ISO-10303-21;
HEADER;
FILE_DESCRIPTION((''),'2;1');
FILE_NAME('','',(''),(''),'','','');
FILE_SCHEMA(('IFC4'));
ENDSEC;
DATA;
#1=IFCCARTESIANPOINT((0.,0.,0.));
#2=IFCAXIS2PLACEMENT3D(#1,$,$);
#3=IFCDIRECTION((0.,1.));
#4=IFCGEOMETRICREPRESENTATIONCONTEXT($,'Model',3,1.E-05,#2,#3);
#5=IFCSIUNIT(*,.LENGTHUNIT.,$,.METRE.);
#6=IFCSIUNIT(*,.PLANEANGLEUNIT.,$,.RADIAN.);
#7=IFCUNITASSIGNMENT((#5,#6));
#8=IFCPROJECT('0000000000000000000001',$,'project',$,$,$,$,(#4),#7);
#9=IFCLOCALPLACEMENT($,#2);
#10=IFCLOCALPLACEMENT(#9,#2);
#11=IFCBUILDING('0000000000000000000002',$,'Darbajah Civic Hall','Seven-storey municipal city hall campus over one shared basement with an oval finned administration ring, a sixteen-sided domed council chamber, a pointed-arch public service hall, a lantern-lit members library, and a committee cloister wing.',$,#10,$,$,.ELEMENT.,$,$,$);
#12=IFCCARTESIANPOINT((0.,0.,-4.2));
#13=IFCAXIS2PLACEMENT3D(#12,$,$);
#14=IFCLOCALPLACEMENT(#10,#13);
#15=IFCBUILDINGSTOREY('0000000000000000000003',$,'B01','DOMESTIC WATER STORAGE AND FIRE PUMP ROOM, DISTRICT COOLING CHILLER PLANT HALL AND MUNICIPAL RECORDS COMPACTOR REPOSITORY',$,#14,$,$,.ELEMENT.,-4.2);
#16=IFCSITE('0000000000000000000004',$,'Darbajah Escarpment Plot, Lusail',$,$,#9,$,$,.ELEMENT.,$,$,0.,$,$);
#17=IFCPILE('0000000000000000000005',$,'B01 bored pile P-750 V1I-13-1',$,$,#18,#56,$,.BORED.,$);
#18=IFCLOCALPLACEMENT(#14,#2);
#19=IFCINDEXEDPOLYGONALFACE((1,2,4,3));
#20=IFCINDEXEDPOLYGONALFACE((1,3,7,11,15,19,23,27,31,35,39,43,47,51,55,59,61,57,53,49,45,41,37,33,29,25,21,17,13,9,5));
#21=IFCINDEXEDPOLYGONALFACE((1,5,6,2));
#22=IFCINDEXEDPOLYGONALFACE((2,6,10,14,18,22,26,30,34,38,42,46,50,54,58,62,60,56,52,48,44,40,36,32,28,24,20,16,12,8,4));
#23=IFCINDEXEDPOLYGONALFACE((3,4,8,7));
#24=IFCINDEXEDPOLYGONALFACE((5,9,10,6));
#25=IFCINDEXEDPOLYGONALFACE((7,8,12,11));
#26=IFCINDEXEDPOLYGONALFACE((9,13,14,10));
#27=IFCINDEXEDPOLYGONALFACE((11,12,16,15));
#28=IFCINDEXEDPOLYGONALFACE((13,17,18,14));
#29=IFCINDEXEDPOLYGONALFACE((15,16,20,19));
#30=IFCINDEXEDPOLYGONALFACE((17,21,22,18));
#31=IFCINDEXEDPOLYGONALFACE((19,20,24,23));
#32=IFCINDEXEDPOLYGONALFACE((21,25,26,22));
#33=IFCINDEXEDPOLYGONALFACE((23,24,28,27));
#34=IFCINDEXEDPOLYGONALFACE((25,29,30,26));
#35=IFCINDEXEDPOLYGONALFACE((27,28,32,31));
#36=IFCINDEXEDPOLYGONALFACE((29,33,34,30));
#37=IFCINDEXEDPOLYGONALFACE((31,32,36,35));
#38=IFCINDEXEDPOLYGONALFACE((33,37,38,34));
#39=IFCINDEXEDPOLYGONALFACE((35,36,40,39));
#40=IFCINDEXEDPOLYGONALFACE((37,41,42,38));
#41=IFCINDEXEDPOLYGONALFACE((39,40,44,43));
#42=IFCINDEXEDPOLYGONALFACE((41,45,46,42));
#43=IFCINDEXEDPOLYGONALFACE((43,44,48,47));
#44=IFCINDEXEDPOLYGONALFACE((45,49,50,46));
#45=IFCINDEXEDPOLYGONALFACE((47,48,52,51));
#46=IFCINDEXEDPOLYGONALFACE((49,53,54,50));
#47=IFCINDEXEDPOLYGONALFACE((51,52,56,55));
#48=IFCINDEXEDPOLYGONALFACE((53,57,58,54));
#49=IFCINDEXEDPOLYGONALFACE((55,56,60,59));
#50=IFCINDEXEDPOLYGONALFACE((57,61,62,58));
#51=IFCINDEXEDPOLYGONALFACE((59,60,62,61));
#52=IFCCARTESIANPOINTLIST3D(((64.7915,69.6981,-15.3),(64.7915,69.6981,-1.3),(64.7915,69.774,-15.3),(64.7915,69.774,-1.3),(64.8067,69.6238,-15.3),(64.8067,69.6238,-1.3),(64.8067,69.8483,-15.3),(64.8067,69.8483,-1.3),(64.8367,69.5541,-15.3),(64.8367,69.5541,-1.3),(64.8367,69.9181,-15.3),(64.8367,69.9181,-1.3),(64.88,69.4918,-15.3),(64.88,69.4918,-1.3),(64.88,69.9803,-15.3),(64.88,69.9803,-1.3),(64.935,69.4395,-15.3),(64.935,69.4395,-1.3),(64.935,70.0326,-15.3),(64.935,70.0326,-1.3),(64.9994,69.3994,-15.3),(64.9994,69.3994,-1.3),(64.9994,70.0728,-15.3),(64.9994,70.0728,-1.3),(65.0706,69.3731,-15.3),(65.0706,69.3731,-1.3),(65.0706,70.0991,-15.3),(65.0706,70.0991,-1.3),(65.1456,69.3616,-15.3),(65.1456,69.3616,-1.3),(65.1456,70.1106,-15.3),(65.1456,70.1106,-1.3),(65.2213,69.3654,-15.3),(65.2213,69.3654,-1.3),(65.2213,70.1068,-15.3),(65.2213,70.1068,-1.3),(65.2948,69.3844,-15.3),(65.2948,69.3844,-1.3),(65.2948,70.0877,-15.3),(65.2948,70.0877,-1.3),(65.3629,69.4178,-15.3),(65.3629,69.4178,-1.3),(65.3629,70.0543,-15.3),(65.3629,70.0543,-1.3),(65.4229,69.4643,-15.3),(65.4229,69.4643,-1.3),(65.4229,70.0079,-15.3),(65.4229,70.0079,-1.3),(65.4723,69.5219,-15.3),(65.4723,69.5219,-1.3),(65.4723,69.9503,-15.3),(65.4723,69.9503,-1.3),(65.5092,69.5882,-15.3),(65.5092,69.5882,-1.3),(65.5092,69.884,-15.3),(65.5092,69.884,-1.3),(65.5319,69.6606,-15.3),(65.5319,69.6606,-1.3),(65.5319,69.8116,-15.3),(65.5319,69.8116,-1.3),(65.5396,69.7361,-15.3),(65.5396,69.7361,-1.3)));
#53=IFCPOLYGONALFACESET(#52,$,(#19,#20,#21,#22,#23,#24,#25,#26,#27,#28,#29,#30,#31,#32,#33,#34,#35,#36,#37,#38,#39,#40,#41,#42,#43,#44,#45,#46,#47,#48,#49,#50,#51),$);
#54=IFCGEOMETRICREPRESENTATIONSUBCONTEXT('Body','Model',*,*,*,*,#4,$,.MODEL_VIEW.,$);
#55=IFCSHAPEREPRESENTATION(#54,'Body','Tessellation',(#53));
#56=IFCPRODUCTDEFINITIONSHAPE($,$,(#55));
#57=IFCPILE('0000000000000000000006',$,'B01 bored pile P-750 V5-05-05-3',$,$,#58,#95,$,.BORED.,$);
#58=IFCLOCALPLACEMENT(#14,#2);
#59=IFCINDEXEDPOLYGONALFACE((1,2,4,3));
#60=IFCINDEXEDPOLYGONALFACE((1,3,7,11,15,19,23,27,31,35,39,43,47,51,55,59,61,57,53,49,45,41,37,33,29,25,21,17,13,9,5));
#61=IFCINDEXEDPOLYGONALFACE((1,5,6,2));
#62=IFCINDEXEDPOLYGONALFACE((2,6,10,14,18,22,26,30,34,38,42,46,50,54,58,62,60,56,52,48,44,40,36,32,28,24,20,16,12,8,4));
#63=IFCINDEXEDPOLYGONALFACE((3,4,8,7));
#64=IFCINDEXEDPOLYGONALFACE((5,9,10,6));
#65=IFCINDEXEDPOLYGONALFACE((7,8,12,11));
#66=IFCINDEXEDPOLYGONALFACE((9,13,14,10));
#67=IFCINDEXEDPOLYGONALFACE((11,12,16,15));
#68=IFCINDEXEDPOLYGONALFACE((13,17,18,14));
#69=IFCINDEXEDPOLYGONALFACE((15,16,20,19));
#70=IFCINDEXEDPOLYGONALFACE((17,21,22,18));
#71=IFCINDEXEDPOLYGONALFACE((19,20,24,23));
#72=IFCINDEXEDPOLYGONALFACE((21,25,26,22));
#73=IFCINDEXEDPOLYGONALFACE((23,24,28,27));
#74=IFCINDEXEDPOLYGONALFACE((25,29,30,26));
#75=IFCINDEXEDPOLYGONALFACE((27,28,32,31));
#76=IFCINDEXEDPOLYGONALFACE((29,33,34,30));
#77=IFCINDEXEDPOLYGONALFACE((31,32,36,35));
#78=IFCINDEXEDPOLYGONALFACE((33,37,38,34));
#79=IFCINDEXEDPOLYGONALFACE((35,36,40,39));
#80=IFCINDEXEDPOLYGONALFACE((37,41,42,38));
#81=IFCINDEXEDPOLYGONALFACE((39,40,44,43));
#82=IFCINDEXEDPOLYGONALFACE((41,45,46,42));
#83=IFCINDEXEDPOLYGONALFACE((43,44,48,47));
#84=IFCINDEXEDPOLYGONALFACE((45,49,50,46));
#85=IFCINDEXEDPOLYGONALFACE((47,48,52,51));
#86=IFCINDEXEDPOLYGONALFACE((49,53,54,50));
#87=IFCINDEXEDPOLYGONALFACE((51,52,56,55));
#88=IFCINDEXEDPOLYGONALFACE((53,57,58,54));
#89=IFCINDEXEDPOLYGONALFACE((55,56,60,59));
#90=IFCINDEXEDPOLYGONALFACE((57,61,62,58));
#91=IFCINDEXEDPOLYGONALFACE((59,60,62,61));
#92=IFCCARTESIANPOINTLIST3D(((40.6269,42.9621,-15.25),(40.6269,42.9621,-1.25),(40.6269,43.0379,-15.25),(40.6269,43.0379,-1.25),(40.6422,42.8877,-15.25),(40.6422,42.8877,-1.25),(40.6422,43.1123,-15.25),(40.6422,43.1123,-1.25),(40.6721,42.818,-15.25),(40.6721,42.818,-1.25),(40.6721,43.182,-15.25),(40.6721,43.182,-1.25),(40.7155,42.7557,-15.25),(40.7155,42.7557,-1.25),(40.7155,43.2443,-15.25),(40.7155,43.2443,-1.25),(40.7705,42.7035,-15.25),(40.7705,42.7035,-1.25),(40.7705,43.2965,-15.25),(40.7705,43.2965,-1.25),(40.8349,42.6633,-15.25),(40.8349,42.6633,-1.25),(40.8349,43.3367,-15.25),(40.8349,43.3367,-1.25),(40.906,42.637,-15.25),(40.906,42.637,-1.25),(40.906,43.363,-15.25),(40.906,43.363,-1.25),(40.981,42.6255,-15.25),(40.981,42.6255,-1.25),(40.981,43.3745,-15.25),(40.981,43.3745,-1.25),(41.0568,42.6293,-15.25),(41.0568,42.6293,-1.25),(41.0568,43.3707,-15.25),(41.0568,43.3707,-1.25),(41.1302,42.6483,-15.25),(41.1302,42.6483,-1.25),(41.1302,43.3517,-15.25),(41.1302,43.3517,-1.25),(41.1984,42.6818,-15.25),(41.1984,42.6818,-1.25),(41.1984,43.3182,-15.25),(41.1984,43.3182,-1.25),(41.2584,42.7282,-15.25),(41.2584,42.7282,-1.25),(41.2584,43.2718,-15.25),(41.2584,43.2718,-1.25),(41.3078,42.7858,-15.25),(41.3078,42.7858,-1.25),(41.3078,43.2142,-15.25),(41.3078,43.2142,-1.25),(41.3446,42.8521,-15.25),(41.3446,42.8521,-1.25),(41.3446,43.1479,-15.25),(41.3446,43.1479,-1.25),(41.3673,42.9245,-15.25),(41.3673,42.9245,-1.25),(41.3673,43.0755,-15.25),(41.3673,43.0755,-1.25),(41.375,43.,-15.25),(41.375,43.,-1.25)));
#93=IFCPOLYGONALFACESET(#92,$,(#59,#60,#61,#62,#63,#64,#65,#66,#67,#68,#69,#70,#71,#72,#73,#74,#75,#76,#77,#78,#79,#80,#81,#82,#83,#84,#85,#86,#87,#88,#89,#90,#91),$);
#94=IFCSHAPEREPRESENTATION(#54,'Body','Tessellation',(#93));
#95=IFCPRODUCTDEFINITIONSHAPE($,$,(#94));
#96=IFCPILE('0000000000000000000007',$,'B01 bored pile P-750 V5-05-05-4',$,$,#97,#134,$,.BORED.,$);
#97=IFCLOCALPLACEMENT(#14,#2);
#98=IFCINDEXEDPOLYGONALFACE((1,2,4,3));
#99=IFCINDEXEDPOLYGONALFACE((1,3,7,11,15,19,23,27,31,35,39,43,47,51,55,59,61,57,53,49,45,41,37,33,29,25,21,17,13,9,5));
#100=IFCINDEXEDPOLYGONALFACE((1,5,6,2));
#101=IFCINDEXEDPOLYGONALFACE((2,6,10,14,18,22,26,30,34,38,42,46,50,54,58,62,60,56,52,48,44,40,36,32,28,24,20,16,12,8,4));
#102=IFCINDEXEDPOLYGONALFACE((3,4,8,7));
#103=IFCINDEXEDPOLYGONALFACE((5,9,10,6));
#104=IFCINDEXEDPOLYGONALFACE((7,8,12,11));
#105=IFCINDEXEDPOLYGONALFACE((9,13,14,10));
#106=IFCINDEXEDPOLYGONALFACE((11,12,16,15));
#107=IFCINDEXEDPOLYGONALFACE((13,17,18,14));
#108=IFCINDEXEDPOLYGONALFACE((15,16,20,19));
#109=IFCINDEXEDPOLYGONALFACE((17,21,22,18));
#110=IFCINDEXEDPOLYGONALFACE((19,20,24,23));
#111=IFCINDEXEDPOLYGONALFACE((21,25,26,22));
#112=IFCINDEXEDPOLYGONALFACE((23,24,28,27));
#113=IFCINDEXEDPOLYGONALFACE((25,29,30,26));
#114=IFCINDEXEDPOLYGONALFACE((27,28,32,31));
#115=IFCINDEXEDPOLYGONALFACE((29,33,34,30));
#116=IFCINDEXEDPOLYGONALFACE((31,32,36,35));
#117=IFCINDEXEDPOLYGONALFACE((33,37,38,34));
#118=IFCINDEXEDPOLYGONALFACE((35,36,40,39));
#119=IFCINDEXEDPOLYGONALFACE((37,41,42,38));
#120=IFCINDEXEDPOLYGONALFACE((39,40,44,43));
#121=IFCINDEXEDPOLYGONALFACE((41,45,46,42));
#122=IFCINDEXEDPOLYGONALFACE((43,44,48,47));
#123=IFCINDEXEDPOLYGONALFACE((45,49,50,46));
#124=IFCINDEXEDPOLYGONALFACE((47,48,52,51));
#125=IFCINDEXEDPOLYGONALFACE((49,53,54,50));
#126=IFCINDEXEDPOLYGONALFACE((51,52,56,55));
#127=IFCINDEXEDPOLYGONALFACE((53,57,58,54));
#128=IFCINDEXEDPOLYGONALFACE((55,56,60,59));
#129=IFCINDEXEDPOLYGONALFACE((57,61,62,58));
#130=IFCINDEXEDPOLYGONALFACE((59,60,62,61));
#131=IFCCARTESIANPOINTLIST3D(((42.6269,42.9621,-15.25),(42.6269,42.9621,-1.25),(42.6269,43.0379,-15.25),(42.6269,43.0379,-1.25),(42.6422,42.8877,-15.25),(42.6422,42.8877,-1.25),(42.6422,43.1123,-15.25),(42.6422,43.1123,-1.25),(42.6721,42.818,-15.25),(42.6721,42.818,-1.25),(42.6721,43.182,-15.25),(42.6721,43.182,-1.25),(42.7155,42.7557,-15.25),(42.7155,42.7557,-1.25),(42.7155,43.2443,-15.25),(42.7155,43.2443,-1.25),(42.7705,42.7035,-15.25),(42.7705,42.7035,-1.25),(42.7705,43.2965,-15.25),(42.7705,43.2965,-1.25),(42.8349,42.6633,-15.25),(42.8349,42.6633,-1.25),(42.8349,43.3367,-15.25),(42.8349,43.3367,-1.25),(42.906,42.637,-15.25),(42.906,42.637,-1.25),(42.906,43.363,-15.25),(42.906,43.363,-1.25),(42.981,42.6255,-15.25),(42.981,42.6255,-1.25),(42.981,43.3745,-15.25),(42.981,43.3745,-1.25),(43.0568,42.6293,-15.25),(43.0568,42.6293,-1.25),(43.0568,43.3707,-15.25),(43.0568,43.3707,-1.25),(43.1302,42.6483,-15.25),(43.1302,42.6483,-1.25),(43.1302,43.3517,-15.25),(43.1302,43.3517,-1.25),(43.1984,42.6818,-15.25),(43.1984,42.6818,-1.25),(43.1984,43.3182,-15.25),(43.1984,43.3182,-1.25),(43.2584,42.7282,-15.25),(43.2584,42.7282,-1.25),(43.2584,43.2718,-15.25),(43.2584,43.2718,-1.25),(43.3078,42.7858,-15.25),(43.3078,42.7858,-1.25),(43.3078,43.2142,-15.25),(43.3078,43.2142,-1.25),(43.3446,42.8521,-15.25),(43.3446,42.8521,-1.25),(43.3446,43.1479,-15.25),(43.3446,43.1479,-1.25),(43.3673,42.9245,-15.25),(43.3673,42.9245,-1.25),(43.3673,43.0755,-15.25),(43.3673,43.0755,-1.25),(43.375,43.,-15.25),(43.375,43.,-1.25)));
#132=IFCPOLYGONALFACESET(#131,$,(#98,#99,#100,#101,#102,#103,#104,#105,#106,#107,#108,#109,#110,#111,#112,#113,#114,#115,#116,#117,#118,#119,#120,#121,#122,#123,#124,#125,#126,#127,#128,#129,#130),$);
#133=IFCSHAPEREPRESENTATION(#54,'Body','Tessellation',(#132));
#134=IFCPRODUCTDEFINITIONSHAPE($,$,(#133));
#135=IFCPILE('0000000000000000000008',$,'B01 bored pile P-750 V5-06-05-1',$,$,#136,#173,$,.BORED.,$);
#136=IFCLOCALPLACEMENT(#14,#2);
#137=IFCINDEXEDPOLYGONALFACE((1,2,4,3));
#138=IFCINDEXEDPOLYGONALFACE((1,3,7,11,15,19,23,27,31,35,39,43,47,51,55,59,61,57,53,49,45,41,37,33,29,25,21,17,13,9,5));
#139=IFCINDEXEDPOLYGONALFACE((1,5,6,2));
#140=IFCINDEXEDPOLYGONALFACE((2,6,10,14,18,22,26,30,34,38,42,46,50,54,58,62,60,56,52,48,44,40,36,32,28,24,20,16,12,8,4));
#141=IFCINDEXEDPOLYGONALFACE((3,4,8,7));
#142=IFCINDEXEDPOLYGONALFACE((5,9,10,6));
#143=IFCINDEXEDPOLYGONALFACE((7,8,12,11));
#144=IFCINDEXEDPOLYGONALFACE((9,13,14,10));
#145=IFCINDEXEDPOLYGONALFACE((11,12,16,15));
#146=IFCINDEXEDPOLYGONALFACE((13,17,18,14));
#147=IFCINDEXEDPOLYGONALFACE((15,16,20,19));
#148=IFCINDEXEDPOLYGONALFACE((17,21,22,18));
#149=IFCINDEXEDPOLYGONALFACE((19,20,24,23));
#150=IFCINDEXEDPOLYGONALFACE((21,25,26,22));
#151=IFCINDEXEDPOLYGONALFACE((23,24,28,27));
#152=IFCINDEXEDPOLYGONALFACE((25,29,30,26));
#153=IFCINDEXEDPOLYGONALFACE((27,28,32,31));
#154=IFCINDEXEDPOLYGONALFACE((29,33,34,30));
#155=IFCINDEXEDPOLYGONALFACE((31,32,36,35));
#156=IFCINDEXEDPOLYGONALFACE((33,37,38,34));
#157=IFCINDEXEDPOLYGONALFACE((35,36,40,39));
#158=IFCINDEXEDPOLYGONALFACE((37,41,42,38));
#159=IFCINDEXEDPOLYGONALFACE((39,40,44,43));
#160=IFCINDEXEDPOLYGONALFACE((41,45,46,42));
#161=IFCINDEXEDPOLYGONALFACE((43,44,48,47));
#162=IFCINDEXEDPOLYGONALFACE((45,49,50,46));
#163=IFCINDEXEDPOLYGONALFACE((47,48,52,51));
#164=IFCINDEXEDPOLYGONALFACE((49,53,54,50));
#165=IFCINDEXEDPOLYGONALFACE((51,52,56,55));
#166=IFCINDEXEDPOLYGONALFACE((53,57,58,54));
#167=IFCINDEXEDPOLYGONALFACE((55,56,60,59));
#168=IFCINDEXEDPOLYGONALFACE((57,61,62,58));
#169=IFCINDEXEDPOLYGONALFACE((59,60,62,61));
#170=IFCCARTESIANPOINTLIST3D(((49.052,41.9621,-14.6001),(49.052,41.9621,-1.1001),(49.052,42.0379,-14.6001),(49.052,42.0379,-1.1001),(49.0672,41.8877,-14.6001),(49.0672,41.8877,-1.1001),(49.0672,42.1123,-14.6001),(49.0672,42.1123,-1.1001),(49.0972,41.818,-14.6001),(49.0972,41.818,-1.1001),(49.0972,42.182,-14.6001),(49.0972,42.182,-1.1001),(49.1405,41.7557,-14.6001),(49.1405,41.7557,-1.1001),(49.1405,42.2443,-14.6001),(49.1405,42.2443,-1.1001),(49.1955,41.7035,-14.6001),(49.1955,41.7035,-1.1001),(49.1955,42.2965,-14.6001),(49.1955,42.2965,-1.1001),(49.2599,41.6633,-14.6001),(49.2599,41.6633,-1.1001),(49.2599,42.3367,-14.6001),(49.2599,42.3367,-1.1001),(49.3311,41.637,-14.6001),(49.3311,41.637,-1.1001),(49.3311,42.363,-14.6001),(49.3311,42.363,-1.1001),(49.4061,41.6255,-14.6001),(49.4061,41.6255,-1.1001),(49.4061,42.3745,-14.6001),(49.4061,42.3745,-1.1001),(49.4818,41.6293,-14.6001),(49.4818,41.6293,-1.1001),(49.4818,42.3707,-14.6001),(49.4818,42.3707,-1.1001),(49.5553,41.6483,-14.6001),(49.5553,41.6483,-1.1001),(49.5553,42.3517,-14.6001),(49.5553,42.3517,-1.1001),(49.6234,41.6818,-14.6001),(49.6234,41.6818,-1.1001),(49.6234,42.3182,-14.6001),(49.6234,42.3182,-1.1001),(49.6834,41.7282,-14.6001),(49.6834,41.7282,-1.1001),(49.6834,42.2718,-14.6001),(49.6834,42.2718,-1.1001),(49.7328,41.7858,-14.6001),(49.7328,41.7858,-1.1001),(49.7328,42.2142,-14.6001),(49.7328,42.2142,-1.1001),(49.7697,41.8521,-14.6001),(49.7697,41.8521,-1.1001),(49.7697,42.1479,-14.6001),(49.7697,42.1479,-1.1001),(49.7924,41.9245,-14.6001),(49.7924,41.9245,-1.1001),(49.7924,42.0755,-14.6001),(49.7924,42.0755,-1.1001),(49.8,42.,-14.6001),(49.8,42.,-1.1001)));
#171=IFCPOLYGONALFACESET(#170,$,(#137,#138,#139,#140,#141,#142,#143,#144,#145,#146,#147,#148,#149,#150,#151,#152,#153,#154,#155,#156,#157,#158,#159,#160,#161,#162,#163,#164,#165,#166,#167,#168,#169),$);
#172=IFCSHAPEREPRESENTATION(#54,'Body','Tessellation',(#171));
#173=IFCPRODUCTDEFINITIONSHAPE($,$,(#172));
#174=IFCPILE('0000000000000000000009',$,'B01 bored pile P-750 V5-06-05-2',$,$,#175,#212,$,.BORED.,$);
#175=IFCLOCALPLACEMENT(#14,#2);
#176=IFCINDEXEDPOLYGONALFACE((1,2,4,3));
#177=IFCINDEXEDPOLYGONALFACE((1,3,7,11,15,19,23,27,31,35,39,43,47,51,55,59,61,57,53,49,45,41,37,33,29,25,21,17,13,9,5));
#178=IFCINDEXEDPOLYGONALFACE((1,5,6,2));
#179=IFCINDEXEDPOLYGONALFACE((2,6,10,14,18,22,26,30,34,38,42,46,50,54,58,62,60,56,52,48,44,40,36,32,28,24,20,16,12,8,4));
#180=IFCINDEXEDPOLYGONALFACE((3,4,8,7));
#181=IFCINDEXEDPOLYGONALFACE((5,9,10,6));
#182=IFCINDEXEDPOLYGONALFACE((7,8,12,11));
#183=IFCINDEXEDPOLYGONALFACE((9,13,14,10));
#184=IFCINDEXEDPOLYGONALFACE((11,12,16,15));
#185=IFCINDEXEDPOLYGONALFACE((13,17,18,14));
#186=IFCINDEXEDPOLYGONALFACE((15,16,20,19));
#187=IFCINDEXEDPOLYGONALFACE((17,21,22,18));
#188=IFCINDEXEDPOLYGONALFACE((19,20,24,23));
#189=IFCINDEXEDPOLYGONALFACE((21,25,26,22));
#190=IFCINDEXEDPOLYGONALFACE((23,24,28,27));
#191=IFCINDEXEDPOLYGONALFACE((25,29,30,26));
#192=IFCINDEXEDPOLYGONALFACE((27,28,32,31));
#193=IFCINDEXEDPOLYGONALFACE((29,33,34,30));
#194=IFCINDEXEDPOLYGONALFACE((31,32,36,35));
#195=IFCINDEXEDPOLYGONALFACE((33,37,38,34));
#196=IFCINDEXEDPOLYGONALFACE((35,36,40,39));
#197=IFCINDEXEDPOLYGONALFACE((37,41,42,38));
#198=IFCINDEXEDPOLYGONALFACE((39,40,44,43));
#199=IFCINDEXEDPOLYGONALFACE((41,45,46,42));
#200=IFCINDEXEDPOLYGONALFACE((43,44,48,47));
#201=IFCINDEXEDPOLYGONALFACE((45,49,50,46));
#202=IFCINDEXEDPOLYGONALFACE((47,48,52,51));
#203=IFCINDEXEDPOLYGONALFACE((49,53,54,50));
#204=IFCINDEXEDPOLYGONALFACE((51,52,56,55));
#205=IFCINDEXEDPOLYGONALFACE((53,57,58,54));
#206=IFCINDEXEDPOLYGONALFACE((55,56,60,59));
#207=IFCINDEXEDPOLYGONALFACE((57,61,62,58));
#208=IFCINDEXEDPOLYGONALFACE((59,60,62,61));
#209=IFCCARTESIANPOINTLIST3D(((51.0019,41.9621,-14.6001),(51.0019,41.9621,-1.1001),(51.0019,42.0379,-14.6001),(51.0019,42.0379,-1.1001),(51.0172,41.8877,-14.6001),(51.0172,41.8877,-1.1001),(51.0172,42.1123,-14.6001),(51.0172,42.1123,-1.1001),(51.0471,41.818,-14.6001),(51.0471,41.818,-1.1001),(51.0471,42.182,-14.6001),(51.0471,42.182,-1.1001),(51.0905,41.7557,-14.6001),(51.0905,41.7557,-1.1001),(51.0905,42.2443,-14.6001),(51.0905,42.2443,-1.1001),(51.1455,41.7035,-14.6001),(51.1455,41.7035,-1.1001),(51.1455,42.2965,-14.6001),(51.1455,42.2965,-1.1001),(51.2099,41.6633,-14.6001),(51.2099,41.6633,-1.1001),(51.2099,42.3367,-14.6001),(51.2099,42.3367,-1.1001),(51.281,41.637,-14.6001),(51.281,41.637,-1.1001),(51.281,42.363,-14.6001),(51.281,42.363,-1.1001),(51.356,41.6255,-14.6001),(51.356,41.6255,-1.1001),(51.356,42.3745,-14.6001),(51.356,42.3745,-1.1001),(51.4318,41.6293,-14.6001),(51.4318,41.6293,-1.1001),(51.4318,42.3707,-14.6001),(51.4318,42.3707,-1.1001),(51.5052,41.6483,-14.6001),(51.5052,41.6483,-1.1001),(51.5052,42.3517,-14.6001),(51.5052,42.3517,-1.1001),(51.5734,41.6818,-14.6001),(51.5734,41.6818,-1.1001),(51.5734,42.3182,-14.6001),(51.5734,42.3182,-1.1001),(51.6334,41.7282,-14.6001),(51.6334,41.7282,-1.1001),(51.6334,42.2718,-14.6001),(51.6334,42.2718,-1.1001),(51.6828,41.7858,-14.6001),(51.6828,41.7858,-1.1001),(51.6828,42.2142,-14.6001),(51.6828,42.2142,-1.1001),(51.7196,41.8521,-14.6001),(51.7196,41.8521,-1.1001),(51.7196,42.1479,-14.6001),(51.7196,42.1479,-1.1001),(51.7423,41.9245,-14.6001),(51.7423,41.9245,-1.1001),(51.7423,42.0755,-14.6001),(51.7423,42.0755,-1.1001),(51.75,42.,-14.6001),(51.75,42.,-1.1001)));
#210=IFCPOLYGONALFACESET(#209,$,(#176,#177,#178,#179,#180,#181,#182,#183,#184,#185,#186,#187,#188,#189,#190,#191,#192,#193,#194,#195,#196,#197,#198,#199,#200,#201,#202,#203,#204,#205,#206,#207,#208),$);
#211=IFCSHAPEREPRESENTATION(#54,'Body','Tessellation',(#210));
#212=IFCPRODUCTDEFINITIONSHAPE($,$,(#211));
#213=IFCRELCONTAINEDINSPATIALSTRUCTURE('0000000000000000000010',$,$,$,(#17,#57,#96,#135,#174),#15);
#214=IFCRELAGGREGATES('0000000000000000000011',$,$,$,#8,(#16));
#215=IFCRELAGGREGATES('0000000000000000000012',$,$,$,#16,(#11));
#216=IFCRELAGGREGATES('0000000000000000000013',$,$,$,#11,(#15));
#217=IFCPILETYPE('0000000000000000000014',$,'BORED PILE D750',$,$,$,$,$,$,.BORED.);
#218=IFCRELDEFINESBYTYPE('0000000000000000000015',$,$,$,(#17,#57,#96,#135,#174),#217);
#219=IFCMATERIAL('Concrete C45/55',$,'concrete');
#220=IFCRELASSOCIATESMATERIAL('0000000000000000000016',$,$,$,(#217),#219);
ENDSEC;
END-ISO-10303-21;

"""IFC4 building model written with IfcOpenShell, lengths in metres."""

from ifc_helpers import new_model, si_unit, direction, frame, origin, origin_2d, place, context, subcontext, project, spatial, circle, extrude, material, material_profile, profile_set, type_object, element, save


model = new_model("IFC4")

# Units and contexts
model_context = context("Model", 3, precision=1e-05, world=origin(), true_north=direction((0.0, 1.0)))
body_context = subcontext(model_context, "Body", "Model", "MODEL_VIEW")
ifc_project = project(units=[si_unit("LENGTHUNIT", "METRE"), si_unit("PLANEANGLEUNIT", "RADIAN")], contexts=[model_context])

# Site, building, storey
site_placement = place(None, origin())
site = spatial("IfcSite", under=ifc_project, at=site_placement, Name="Darbajah Escarpment Plot, Lusail", CompositionType="ELEMENT", RefElevation=0.0)
building_placement = place(site_placement, origin())
building = spatial("IfcBuilding", under=site, at=building_placement, Name="Darbajah Civic Hall", Description="Seven-storey municipal city hall campus over one shared basement with an oval finned administration ring, a sixteen-sided domed council chamber, a pointed-arch public service hall, a lantern-lit members library, and a committee cloister wing.", CompositionType="ELEMENT")
storey_placement = place(building_placement, frame((0.0, 0.0, -4.2)))
storey = spatial("IfcBuildingStorey", under=building, at=storey_placement, Name="B01", Description="DOMESTIC WATER STORAGE AND FIRE PUMP ROOM, DISTRICT COOLING CHILLER PLANT HALL AND MUNICIPAL RECORDS COMPACTOR REPOSITORY", CompositionType="ELEMENT", Elevation=-4.2)

# Piles
ifc_material_1 = material(Name="Concrete C45/55", Category="concrete")
ifc_material_profile_1 = material_profile(ifc_material_1, circle(Radius=0.375, at=origin_2d()), Name="BORED PILE D750")
ifc_profile_set_1 = profile_set([ifc_material_profile_1], Name="Concrete C45/55")
pile_type_1 = type_object("IfcPileType", Name="BORED PILE D750", PredefinedType="BORED", material=ifc_profile_set_1)
for number, where, z_axis, x_axis, name in (
    (1, (65.1646, 69.7361, -1.3), (0.0, 0.0, -1.0), (1.0, 0.0, 0.0), "B01 bored pile P-750 V1I-13-1"),
    (2, (41.0, 43.0, -1.25), (0.0, 0.0, -1.0), (1.0, 0.0, 0.0), "B01 bored pile P-750 V5-05-05-3"),
    (3, (43.0, 43.0, -1.25), (0.0, 0.0, -1.0), (1.0, 0.0, 0.0), "B01 bored pile P-750 V5-05-05-4"),
):
    element("IfcPile", number, at=place(storey_placement, frame(where, z_axis=z_axis, x_axis=x_axis)), inside=storey, type_object=pile_type_1, Name=name, PredefinedType="BORED", context=body_context, shape_type="SweptSolid", body=[
        extrude(circle(Radius=0.375, at=origin_2d()), origin(), (0.0, 0.0, 1.0), 14.0),
    ])
for number, where, z_axis, x_axis, name in (
    (4, (49.425, 42.0, -1.1001), (0.0, 0.0, -1.0), (1.0, 0.0, 0.0), "B01 bored pile P-750 V5-06-05-1"),
    (5, (51.375, 42.0, -1.1001), (0.0, 0.0, -1.0), (1.0, 0.0, 0.0), "B01 bored pile P-750 V5-06-05-2"),
):
    element("IfcPile", number, at=place(storey_placement, frame(where, z_axis=z_axis, x_axis=x_axis)), inside=storey, type_object=pile_type_1, Name=name, PredefinedType="BORED", context=body_context, shape_type="SweptSolid", body=[
        extrude(circle(Radius=0.375, at=origin_2d()), origin(), (0.0, 0.0, 1.0), 13.5),
    ])

save(model, "model.ifc")
